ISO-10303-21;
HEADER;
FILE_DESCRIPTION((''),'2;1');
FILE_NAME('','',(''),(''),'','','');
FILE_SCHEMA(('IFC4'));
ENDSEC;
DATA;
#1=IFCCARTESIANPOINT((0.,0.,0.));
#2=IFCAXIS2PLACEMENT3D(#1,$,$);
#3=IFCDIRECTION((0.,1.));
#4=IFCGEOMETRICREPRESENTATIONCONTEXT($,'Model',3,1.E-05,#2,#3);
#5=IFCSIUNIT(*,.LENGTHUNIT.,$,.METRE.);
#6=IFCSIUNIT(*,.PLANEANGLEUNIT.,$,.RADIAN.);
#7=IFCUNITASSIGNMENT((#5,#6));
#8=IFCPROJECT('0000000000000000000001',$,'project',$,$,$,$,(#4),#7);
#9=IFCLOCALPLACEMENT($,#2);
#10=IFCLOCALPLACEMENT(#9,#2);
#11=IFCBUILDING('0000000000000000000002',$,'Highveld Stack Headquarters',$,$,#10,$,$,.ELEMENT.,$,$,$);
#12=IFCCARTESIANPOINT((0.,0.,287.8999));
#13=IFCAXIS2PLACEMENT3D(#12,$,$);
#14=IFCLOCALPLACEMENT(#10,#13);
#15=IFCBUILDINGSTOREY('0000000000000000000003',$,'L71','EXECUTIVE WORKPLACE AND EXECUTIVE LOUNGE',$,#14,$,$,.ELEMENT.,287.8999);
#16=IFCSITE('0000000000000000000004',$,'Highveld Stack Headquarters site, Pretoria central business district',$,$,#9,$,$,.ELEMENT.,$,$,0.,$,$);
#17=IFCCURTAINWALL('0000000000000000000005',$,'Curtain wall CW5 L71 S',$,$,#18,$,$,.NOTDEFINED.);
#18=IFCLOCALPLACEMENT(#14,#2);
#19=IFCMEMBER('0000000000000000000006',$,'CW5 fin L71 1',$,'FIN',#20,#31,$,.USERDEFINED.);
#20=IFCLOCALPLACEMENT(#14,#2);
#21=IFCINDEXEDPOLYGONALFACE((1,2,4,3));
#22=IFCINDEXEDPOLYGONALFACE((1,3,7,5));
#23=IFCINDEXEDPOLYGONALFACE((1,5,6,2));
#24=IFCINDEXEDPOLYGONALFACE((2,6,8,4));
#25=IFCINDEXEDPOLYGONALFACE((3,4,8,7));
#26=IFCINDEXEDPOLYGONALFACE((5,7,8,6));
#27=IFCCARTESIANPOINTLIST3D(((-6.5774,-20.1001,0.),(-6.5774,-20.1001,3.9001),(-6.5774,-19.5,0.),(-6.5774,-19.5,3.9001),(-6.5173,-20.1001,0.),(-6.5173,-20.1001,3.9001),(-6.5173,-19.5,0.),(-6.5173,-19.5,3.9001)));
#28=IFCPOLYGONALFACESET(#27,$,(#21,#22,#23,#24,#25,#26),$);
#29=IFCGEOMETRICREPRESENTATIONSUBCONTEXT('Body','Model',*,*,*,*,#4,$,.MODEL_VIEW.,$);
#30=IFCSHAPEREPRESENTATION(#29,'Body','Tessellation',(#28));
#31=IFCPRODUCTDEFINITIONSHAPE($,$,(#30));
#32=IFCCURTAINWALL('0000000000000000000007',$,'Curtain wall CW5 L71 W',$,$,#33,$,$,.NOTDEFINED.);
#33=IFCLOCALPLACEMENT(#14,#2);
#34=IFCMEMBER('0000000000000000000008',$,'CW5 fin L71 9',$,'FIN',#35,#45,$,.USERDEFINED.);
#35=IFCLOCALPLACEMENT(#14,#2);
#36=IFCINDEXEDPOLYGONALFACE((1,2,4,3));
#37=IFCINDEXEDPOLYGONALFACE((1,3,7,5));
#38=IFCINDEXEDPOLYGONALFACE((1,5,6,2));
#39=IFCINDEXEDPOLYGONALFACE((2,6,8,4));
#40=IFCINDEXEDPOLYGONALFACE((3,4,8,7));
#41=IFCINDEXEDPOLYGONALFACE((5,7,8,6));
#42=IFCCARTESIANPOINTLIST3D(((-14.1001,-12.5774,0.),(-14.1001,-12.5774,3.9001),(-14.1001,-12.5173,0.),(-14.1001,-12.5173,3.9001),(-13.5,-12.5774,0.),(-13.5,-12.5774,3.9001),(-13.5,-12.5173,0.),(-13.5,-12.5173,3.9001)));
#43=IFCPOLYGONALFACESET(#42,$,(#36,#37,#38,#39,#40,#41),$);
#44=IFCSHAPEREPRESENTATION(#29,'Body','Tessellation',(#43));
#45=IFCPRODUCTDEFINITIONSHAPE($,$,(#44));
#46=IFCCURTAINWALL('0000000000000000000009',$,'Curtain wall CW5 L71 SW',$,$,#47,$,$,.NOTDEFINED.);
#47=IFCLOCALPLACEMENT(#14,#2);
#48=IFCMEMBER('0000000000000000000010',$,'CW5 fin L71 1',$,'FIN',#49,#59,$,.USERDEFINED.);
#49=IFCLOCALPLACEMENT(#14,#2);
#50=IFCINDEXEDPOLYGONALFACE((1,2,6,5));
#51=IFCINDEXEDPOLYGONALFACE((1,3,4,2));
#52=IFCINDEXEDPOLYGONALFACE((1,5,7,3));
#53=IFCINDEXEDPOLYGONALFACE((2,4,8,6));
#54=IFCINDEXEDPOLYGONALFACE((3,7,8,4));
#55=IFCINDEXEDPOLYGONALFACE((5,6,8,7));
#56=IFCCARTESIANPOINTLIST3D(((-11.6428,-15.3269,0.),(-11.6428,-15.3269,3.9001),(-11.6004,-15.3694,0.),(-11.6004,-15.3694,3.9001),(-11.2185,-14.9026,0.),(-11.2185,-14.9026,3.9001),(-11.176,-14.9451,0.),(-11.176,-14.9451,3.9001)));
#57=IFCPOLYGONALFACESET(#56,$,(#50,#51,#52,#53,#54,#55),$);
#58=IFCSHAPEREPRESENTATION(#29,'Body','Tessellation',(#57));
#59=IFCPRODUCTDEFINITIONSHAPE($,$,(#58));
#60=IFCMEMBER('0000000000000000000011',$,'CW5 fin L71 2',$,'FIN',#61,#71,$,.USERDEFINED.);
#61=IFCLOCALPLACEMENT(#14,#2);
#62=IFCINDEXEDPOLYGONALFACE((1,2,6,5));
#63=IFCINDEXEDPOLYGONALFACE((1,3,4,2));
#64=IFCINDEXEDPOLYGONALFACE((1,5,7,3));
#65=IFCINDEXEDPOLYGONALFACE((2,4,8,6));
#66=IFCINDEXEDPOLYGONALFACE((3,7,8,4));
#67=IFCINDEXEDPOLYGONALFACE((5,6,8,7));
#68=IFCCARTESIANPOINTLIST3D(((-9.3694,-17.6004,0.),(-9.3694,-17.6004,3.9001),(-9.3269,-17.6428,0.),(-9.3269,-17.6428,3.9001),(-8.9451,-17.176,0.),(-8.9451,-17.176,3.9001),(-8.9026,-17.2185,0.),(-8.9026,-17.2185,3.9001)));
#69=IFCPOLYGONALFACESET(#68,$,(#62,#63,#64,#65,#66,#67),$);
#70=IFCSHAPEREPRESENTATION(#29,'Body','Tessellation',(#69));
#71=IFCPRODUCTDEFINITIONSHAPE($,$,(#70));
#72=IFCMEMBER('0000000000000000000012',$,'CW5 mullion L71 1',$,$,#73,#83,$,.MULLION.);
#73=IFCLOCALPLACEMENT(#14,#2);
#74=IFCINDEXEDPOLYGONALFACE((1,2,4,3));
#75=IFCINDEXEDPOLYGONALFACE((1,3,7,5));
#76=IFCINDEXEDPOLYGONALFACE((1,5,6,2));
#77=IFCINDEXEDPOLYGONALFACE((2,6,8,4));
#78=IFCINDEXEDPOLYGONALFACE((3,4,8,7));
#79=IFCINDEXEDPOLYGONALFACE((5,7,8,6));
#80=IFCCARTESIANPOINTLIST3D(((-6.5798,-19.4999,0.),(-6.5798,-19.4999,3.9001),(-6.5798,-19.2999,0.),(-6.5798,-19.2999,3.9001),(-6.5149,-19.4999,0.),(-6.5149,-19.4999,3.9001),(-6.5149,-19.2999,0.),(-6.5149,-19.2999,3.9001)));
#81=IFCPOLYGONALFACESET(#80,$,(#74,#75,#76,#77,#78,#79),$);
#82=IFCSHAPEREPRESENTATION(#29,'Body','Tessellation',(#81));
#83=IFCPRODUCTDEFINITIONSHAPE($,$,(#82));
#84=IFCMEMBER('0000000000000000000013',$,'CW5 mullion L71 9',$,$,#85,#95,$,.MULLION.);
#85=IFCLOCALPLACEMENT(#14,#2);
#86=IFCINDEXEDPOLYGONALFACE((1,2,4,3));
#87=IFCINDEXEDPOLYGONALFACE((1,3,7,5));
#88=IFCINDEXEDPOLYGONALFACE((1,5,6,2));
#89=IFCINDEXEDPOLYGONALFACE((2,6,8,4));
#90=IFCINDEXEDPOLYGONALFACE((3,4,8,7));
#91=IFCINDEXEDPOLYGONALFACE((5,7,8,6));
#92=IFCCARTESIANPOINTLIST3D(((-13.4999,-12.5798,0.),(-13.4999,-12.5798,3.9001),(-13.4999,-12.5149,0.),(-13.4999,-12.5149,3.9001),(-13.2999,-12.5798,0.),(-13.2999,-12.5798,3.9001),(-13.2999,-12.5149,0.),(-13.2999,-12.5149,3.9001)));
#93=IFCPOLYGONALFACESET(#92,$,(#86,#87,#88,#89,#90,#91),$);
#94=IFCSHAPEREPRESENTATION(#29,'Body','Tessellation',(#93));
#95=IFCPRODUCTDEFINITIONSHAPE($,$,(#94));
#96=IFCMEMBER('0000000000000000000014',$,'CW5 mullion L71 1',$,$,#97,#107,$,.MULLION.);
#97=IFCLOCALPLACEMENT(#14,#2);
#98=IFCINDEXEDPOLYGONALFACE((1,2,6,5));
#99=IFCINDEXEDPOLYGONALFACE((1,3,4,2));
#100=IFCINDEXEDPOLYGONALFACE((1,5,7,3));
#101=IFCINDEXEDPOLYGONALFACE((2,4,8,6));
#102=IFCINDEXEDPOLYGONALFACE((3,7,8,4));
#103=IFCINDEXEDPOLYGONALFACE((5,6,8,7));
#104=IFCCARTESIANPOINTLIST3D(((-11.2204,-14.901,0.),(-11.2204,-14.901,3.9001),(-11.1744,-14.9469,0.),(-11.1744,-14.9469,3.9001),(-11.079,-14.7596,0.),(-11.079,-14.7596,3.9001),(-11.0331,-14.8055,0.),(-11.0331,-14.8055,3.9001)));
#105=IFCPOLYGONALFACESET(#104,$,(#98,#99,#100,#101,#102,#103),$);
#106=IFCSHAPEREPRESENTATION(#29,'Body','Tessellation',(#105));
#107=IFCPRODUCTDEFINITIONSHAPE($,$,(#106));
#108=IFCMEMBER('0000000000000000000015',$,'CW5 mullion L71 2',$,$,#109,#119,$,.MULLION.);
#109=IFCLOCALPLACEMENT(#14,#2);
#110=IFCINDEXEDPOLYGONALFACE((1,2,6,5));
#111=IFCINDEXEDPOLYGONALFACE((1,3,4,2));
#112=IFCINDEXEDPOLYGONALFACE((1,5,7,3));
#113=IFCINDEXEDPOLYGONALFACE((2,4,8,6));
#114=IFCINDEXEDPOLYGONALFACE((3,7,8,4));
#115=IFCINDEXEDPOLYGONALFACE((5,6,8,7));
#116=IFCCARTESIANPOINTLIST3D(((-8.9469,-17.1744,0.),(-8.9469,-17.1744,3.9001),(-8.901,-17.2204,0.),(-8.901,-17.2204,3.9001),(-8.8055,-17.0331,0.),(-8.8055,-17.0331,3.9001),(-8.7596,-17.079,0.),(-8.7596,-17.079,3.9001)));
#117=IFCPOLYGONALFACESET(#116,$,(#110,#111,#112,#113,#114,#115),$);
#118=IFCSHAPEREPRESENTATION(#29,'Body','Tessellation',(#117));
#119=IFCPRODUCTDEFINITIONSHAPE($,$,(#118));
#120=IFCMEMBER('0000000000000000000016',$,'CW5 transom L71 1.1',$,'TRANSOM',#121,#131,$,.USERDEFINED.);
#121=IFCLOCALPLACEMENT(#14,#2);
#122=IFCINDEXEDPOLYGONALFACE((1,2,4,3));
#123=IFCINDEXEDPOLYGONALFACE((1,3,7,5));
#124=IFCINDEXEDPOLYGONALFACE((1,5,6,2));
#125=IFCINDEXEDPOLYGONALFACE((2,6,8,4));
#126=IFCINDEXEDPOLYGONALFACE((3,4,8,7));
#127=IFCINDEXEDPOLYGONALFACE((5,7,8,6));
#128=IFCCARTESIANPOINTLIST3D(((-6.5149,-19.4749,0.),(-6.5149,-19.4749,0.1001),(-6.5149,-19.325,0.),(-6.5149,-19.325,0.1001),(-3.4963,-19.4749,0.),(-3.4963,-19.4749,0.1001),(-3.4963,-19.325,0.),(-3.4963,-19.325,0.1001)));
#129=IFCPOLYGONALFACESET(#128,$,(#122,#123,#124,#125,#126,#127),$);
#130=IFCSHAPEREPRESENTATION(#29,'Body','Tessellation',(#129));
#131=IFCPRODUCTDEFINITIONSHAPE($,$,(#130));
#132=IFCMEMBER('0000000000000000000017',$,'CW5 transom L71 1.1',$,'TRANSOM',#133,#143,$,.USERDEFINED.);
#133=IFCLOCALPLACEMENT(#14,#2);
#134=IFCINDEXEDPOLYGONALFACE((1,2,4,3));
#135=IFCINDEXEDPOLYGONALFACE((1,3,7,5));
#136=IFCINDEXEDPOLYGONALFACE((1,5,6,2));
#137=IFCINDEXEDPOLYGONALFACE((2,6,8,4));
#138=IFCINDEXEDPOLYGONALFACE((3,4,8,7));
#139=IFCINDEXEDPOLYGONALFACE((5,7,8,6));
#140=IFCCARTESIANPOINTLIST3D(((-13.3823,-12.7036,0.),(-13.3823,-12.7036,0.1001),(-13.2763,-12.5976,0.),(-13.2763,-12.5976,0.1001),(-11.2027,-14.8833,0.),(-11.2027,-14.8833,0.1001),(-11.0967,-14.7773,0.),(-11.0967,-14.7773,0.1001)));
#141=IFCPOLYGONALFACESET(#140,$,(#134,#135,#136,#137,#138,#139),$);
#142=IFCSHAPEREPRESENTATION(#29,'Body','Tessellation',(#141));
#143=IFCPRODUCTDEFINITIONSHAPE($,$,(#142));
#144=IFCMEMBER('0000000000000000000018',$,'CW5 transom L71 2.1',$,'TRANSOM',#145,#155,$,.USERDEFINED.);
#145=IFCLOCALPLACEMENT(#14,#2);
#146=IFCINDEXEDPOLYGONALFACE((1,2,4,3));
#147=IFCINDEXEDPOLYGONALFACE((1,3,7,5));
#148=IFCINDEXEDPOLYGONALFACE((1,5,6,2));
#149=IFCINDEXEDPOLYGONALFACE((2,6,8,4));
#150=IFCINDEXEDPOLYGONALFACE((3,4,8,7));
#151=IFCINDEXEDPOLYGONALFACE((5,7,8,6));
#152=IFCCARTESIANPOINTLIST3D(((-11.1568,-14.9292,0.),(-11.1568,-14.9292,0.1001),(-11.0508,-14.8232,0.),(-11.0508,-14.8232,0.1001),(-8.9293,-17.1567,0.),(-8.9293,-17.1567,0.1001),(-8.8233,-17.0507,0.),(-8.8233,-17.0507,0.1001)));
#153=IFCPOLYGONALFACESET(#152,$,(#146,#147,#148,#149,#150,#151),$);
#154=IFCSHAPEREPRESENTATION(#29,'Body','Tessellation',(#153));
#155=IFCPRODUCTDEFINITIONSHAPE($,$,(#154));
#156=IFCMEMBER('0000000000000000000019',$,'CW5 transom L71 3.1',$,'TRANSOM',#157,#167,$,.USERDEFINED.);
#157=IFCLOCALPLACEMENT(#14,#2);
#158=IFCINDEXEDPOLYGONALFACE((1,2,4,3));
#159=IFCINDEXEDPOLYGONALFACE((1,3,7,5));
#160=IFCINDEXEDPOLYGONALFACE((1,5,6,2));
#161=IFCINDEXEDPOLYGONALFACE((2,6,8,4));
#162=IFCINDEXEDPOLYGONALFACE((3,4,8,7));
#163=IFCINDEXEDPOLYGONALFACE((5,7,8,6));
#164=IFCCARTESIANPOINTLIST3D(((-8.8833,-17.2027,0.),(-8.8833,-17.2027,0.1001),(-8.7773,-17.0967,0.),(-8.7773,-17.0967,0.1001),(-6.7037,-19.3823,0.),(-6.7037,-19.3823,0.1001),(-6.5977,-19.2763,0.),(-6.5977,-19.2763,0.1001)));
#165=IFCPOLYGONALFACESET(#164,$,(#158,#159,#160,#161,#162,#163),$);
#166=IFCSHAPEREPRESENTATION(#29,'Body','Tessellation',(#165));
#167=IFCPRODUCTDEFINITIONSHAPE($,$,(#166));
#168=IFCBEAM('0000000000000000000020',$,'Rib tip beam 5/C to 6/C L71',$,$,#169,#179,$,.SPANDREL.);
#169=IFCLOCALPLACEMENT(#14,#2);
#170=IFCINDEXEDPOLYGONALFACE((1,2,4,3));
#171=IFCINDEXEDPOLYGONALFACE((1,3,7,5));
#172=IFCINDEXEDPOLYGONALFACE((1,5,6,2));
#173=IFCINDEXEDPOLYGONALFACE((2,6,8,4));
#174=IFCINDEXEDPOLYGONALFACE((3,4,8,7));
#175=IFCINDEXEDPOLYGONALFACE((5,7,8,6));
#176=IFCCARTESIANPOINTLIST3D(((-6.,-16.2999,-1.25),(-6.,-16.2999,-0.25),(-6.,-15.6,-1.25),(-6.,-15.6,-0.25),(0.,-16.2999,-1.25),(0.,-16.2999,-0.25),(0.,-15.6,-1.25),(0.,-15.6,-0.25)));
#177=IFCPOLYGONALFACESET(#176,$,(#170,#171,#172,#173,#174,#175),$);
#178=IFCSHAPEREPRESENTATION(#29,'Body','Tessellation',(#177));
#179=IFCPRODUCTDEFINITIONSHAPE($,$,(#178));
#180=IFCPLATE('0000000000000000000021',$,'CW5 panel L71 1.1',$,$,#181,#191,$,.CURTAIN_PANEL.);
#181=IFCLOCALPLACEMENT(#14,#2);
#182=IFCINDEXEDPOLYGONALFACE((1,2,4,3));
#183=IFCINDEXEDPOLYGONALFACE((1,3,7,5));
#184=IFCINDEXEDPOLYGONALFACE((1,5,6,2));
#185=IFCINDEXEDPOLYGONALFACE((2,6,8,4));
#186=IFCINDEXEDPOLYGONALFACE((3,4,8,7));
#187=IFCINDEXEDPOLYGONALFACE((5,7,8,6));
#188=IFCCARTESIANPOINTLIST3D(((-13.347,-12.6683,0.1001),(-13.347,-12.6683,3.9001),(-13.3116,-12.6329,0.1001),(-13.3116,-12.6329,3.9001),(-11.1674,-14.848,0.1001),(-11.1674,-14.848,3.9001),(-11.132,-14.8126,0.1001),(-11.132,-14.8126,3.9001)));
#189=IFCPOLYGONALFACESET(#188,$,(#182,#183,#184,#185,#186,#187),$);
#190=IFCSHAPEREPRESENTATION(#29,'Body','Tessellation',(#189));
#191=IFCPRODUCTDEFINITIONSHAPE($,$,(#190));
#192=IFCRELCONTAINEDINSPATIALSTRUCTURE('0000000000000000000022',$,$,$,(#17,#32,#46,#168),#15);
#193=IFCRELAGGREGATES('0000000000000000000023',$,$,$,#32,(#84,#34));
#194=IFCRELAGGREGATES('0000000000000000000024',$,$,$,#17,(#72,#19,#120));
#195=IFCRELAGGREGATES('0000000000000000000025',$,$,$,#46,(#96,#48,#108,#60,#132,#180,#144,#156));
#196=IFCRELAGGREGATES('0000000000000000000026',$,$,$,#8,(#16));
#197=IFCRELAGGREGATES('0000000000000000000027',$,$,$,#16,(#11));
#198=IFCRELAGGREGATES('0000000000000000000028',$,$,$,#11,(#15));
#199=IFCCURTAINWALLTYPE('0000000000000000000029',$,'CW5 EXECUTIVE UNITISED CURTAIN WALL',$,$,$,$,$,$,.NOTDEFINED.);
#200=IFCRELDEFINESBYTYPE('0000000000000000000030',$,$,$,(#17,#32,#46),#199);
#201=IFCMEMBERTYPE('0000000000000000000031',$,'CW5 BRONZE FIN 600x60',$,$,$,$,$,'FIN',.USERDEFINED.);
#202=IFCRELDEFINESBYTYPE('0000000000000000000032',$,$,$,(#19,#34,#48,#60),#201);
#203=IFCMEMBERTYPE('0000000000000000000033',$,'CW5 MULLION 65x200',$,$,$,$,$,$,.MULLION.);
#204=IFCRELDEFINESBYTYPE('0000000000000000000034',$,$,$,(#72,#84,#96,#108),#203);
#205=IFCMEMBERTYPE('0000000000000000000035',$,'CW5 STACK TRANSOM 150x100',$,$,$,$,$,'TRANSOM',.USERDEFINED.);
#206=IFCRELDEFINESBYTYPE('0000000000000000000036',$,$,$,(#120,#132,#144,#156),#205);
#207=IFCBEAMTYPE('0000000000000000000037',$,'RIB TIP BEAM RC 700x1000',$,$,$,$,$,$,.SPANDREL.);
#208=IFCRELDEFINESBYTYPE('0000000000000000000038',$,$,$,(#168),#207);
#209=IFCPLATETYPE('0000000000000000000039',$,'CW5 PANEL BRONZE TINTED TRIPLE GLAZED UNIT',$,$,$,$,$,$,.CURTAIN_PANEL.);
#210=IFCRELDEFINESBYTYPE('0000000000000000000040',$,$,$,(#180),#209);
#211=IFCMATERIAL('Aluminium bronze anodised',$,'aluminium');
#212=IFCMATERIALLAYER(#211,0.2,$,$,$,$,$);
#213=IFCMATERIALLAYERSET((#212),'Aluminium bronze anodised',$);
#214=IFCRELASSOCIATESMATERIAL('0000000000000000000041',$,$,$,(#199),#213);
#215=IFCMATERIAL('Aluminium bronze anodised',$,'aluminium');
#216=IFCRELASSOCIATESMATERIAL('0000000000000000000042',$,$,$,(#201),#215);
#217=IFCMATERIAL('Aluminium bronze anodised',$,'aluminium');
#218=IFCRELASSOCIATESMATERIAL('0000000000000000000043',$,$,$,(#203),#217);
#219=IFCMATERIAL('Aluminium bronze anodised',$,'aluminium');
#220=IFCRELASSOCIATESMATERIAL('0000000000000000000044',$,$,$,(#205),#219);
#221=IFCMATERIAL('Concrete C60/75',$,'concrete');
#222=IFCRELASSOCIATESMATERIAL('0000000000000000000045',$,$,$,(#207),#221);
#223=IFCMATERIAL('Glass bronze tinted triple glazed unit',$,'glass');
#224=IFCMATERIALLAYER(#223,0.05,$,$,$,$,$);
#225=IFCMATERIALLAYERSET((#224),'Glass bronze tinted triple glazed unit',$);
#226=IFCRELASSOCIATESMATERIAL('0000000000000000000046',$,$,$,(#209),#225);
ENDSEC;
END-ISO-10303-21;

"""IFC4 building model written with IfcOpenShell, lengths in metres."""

from ifc_helpers import new_model, si_unit, direction, frame, origin, origin_2d, place, context, subcontext, project, spatial, rectangle, extrude, material, layer, layer_set, material_profile, profile_set, type_object, element, aggregate, save


model = new_model("IFC4")

# Units and contexts
model_context = context("Model", 3, precision=1e-05, world=origin(), true_north=direction((0.0, 1.0)))
body_context = subcontext(model_context, "Body", "Model", "MODEL_VIEW")
ifc_project = project(units=[si_unit("LENGTHUNIT", "METRE"), si_unit("PLANEANGLEUNIT", "RADIAN")], contexts=[model_context])

# Site, building, storey
site_placement = place(None, origin())
site = spatial("IfcSite", under=ifc_project, at=site_placement, Name="Highveld Stack Headquarters site, Pretoria central business district", CompositionType="ELEMENT", RefElevation=0.0)
building_placement = place(site_placement, origin())
building = spatial("IfcBuilding", under=site, at=building_placement, Name="Highveld Stack Headquarters", CompositionType="ELEMENT")
storey_placement = place(building_placement, frame((0.0, 0.0, 287.8999)))
storey = spatial("IfcBuildingStorey", under=building, at=storey_placement, Name="L71", Description="EXECUTIVE WORKPLACE AND EXECUTIVE LOUNGE", CompositionType="ELEMENT", Elevation=287.8999)

# Curtain walls, members
ifc_material_1 = material(Name="Aluminium bronze anodised", Category="aluminium")
ifc_layer_1 = layer(ifc_material_1, 0.2)
ifc_layer_set_1 = layer_set([ifc_layer_1], Name="Aluminium bronze anodised")
curtain_wall_type = type_object("IfcCurtainWallType", Name="CW5 EXECUTIVE UNITISED CURTAIN WALL", PredefinedType="NOTDEFINED", material=ifc_layer_set_1)
curtain_wall_1_placement = place(storey_placement, origin())
curtain_wall_1 = element("IfcCurtainWall", 1, at=curtain_wall_1_placement, inside=storey, type_object=curtain_wall_type, Name="Curtain wall CW5 L71 S", PredefinedType="NOTDEFINED")
ifc_material_2 = material(Name="Aluminium bronze anodised", Category="aluminium")
ifc_material_profile_1 = material_profile(ifc_material_2, rectangle(XDim=0.6001, YDim=0.0601, at=origin_2d()), Name="FIN 600x60")
ifc_profile_set_1 = profile_set([ifc_material_profile_1], Name="Aluminium bronze anodised")
member_type_1 = type_object("IfcMemberType", Name="CW5 BRONZE FIN 600x60", ElementType="FIN", PredefinedType="USERDEFINED", material=ifc_profile_set_1)
member_1_placement = place(storey_placement, frame((-6.5474, -19.8, 0.0), z_axis=(0.0, 0.0, 1.0), x_axis=(0.0, 1.0, 0.0)))
member_1 = element("IfcMember", 2, at=member_1_placement, type_object=member_type_1, Name="CW5 fin L71 1", ObjectType="FIN", PredefinedType="USERDEFINED", context=body_context, shape_type="SweptSolid", body=[
    extrude(rectangle(XDim=0.6001, YDim=0.0601, at=origin_2d()), origin(), (0.0, 0.0, 1.0), 3.9001),
])
curtain_wall_2_placement = place(storey_placement, origin())
curtain_wall_2 = element("IfcCurtainWall", 3, at=curtain_wall_2_placement, inside=storey, type_object=curtain_wall_type, Name="Curtain wall CW5 L71 W", PredefinedType="NOTDEFINED")
member_2_placement = place(storey_placement, frame((-13.8, -12.5474, 0.0), z_axis=(0.0, 0.0, 1.0), x_axis=(1.0, 0.0, 0.0)))
member_2 = element("IfcMember", 4, at=member_2_placement, type_object=member_type_1, Name="CW5 fin L71 9", ObjectType="FIN", PredefinedType="USERDEFINED", context=body_context, shape_type="SweptSolid", body=[
    extrude(rectangle(XDim=0.6001, YDim=0.0601, at=origin_2d()), origin(), (0.0, 0.0, 1.0), 3.9001),
])

# Curtain wall, members
curtain_wall_3_placement = place(storey_placement, origin())
curtain_wall_3 = element("IfcCurtainWall", 5, at=curtain_wall_3_placement, inside=storey, type_object=curtain_wall_type, Name="Curtain wall CW5 L71 SW", PredefinedType="NOTDEFINED")
member_3_placement = place(storey_placement, frame((-11.4094, -15.136, 0.0), z_axis=(0.0, 0.0, 1.0), x_axis=(0.707107, 0.707107, 0.0)))
member_3 = element("IfcMember", 6, at=member_3_placement, type_object=member_type_1, Name="CW5 fin L71 1", ObjectType="FIN", PredefinedType="USERDEFINED", context=body_context, shape_type="SweptSolid", body=[
    extrude(rectangle(XDim=0.6001, YDim=0.0601, at=origin_2d()), origin(), (0.0, 0.0, 1.0), 3.9001),
])
member_4_placement = place(storey_placement, frame((-9.136, -17.4094, 0.0), z_axis=(0.0, 0.0, 1.0), x_axis=(0.707107, 0.707107, 0.0)))
member_4 = element("IfcMember", 7, at=member_4_placement, type_object=member_type_1, Name="CW5 fin L71 2", ObjectType="FIN", PredefinedType="USERDEFINED", context=body_context, shape_type="SweptSolid", body=[
    extrude(rectangle(XDim=0.6001, YDim=0.0601, at=origin_2d()), origin(), (0.0, 0.0, 1.0), 3.9001),
])

# Members
ifc_material_3 = material(Name="Aluminium bronze anodised", Category="aluminium")
ifc_material_profile_2 = material_profile(ifc_material_3, rectangle(XDim=0.2, YDim=0.0649, at=origin_2d()), Name="CW5 MULLION 65x200")
ifc_profile_set_2 = profile_set([ifc_material_profile_2], Name="Aluminium bronze anodised")
member_type_2 = type_object("IfcMemberType", Name="CW5 MULLION 65x200", PredefinedType="MULLION", material=ifc_profile_set_2)
member_5_placement = place(storey_placement, frame((-6.5474, -19.3999, 0.0), z_axis=(0.0, 0.0, 1.0), x_axis=(0.0, 1.0, 0.0)))
member_5 = element("IfcMember", 8, at=member_5_placement, type_object=member_type_2, Name="CW5 mullion L71 1", PredefinedType="MULLION", context=body_context, shape_type="SweptSolid", body=[
    extrude(rectangle(XDim=0.2, YDim=0.0649, at=origin_2d()), origin(), (0.0, 0.0, 1.0), 3.9001),
])
member_6_placement = place(storey_placement, frame((-13.3999, -12.5474, 0.0), z_axis=(0.0, 0.0, 1.0), x_axis=(1.0, 0.0, 0.0)))
member_6 = element("IfcMember", 9, at=member_6_placement, type_object=member_type_2, Name="CW5 mullion L71 9", PredefinedType="MULLION", context=body_context, shape_type="SweptSolid", body=[
    extrude(rectangle(XDim=0.2, YDim=0.0649, at=origin_2d()), origin(), (0.0, 0.0, 1.0), 3.9001),
])
aggregate(curtain_wall_2, [member_6, member_2])
member_7_placement = place(storey_placement, frame((-11.1267, -14.8533, 0.0), z_axis=(0.0, 0.0, 1.0), x_axis=(0.707107, 0.707107, 0.0)))
member_7 = element("IfcMember", 10, at=member_7_placement, type_object=member_type_2, Name="CW5 mullion L71 1", PredefinedType="MULLION", context=body_context, shape_type="SweptSolid", body=[
    extrude(rectangle(XDim=0.2, YDim=0.0649, at=origin_2d()), origin(), (0.0, 0.0, 1.0), 3.9001),
])
member_8_placement = place(storey_placement, frame((-8.8533, -17.1267, 0.0), z_axis=(0.0, 0.0, 1.0), x_axis=(0.707107, 0.707107, 0.0)))
member_8 = element("IfcMember", 11, at=member_8_placement, type_object=member_type_2, Name="CW5 mullion L71 2", PredefinedType="MULLION", context=body_context, shape_type="SweptSolid", body=[
    extrude(rectangle(XDim=0.2, YDim=0.0649, at=origin_2d()), origin(), (0.0, 0.0, 1.0), 3.9001),
])
ifc_material_4 = material(Name="Aluminium bronze anodised", Category="aluminium")
ifc_material_profile_3 = material_profile(ifc_material_4, rectangle(XDim=0.1499, YDim=0.1001, at=origin_2d()), Name="CW5 TRANSOM 150x100")
ifc_profile_set_3 = profile_set([ifc_material_profile_3], Name="Aluminium bronze anodised")
member_type_3 = type_object("IfcMemberType", Name="CW5 STACK TRANSOM 150x100", ElementType="TRANSOM", PredefinedType="USERDEFINED", material=ifc_profile_set_3)
member_9_placement = place(storey_placement, frame((-6.5149, -19.3999, 0.05), z_axis=(1.0, 0.0, 0.0), x_axis=(0.0, 1.0, 0.0)))
member_9 = element("IfcMember", 12, at=member_9_placement, type_object=member_type_3, Name="CW5 transom L71 1.1", ObjectType="TRANSOM", PredefinedType="USERDEFINED", context=body_context, shape_type="SweptSolid", body=[
    extrude(rectangle(XDim=0.1499, YDim=0.1001, at=origin_2d()), origin(), (0.0, 0.0, 1.0), 3.0186),
])
aggregate(curtain_wall_1, [member_5, member_1, member_9])
member_10_placement = place(storey_placement, frame((-13.3293, -12.6506, 0.05), z_axis=(0.707107, -0.707107, 0.0), x_axis=(0.707107, 0.707107, 0.0)))
member_10 = element("IfcMember", 13, at=member_10_placement, type_object=member_type_3, Name="CW5 transom L71 1.1", ObjectType="TRANSOM", PredefinedType="USERDEFINED", context=body_context, shape_type="SweptSolid", body=[
    extrude(rectangle(XDim=0.1499, YDim=0.1001, at=origin_2d()), origin(), (0.0, 0.0, 1.0), 3.0825),
])
member_11_placement = place(storey_placement, frame((-11.1038, -14.8762, 0.05), z_axis=(0.707107, -0.707107, 0.0), x_axis=(0.707107, 0.707107, 0.0)))
member_11 = element("IfcMember", 14, at=member_11_placement, type_object=member_type_3, Name="CW5 transom L71 2.1", ObjectType="TRANSOM", PredefinedType="USERDEFINED", context=body_context, shape_type="SweptSolid", body=[
    extrude(rectangle(XDim=0.1499, YDim=0.1001, at=origin_2d()), origin(), (0.0, 0.0, 1.0), 3.1501),
])
member_12_placement = place(storey_placement, frame((-8.8303, -17.1497, 0.05), z_axis=(0.707107, -0.707107, 0.0), x_axis=(0.707107, 0.707107, 0.0)))
member_12 = element("IfcMember", 15, at=member_12_placement, type_object=member_type_3, Name="CW5 transom L71 3.1", ObjectType="TRANSOM", PredefinedType="USERDEFINED", context=body_context, shape_type="SweptSolid", body=[
    extrude(rectangle(XDim=0.1499, YDim=0.1001, at=origin_2d()), origin(), (0.0, 0.0, 1.0), 3.0825),
])

# Beam
ifc_material_5 = material(Name="Concrete C60/75", Category="concrete")
ifc_material_profile_4 = material_profile(ifc_material_5, rectangle(XDim=0.7, YDim=1.0, at=origin_2d()), Name="RC 700x1000")
ifc_profile_set_4 = profile_set([ifc_material_profile_4], Name="Concrete C60/75")
beam_type = type_object("IfcBeamType", Name="RIB TIP BEAM RC 700x1000", PredefinedType="SPANDREL", material=ifc_profile_set_4)
beam_placement = place(storey_placement, frame((-6.0, -15.95, -0.75), z_axis=(1.0, 0.0, 0.0), x_axis=(0.0, 1.0, 0.0)))
element("IfcBeam", 16, at=beam_placement, inside=storey, type_object=beam_type, Name="Rib tip beam 5/C to 6/C L71", PredefinedType="SPANDREL", context=body_context, shape_type="SweptSolid", body=[
    extrude(rectangle(XDim=0.7, YDim=1.0, at=origin_2d()), origin(), (0.0, 0.0, 1.0), 6.0),
])

# Plate
ifc_material_6 = material(Name="Glass bronze tinted triple glazed unit", Category="glass")
ifc_layer_2 = layer(ifc_material_6, 0.05)
ifc_layer_set_2 = layer_set([ifc_layer_2], Name="Glass bronze tinted triple glazed unit")
plate_type = type_object("IfcPlateType", Name="CW5 PANEL BRONZE TINTED TRIPLE GLAZED UNIT", PredefinedType="CURTAIN_PANEL", material=ifc_layer_set_2)
plate_1_placement = place(storey_placement, frame((-12.2395, -13.7405, 0.1001), z_axis=(0.0, 0.0, 1.0), x_axis=(0.707107, -0.707107, 0.0)))
plate_1 = element("IfcPlate", 17, at=plate_1_placement, type_object=plate_type, Name="CW5 panel L71 1.1", PredefinedType="CURTAIN_PANEL", context=body_context, shape_type="SweptSolid", body=[
    extrude(rectangle(XDim=3.0825, YDim=0.05, at=origin_2d()), origin(), (0.0, 0.0, 1.0), 3.8),
])
aggregate(curtain_wall_3, [member_7, member_3, member_8, member_4, member_10, plate_1, member_11, member_12])

save(model, "model.ifc")
